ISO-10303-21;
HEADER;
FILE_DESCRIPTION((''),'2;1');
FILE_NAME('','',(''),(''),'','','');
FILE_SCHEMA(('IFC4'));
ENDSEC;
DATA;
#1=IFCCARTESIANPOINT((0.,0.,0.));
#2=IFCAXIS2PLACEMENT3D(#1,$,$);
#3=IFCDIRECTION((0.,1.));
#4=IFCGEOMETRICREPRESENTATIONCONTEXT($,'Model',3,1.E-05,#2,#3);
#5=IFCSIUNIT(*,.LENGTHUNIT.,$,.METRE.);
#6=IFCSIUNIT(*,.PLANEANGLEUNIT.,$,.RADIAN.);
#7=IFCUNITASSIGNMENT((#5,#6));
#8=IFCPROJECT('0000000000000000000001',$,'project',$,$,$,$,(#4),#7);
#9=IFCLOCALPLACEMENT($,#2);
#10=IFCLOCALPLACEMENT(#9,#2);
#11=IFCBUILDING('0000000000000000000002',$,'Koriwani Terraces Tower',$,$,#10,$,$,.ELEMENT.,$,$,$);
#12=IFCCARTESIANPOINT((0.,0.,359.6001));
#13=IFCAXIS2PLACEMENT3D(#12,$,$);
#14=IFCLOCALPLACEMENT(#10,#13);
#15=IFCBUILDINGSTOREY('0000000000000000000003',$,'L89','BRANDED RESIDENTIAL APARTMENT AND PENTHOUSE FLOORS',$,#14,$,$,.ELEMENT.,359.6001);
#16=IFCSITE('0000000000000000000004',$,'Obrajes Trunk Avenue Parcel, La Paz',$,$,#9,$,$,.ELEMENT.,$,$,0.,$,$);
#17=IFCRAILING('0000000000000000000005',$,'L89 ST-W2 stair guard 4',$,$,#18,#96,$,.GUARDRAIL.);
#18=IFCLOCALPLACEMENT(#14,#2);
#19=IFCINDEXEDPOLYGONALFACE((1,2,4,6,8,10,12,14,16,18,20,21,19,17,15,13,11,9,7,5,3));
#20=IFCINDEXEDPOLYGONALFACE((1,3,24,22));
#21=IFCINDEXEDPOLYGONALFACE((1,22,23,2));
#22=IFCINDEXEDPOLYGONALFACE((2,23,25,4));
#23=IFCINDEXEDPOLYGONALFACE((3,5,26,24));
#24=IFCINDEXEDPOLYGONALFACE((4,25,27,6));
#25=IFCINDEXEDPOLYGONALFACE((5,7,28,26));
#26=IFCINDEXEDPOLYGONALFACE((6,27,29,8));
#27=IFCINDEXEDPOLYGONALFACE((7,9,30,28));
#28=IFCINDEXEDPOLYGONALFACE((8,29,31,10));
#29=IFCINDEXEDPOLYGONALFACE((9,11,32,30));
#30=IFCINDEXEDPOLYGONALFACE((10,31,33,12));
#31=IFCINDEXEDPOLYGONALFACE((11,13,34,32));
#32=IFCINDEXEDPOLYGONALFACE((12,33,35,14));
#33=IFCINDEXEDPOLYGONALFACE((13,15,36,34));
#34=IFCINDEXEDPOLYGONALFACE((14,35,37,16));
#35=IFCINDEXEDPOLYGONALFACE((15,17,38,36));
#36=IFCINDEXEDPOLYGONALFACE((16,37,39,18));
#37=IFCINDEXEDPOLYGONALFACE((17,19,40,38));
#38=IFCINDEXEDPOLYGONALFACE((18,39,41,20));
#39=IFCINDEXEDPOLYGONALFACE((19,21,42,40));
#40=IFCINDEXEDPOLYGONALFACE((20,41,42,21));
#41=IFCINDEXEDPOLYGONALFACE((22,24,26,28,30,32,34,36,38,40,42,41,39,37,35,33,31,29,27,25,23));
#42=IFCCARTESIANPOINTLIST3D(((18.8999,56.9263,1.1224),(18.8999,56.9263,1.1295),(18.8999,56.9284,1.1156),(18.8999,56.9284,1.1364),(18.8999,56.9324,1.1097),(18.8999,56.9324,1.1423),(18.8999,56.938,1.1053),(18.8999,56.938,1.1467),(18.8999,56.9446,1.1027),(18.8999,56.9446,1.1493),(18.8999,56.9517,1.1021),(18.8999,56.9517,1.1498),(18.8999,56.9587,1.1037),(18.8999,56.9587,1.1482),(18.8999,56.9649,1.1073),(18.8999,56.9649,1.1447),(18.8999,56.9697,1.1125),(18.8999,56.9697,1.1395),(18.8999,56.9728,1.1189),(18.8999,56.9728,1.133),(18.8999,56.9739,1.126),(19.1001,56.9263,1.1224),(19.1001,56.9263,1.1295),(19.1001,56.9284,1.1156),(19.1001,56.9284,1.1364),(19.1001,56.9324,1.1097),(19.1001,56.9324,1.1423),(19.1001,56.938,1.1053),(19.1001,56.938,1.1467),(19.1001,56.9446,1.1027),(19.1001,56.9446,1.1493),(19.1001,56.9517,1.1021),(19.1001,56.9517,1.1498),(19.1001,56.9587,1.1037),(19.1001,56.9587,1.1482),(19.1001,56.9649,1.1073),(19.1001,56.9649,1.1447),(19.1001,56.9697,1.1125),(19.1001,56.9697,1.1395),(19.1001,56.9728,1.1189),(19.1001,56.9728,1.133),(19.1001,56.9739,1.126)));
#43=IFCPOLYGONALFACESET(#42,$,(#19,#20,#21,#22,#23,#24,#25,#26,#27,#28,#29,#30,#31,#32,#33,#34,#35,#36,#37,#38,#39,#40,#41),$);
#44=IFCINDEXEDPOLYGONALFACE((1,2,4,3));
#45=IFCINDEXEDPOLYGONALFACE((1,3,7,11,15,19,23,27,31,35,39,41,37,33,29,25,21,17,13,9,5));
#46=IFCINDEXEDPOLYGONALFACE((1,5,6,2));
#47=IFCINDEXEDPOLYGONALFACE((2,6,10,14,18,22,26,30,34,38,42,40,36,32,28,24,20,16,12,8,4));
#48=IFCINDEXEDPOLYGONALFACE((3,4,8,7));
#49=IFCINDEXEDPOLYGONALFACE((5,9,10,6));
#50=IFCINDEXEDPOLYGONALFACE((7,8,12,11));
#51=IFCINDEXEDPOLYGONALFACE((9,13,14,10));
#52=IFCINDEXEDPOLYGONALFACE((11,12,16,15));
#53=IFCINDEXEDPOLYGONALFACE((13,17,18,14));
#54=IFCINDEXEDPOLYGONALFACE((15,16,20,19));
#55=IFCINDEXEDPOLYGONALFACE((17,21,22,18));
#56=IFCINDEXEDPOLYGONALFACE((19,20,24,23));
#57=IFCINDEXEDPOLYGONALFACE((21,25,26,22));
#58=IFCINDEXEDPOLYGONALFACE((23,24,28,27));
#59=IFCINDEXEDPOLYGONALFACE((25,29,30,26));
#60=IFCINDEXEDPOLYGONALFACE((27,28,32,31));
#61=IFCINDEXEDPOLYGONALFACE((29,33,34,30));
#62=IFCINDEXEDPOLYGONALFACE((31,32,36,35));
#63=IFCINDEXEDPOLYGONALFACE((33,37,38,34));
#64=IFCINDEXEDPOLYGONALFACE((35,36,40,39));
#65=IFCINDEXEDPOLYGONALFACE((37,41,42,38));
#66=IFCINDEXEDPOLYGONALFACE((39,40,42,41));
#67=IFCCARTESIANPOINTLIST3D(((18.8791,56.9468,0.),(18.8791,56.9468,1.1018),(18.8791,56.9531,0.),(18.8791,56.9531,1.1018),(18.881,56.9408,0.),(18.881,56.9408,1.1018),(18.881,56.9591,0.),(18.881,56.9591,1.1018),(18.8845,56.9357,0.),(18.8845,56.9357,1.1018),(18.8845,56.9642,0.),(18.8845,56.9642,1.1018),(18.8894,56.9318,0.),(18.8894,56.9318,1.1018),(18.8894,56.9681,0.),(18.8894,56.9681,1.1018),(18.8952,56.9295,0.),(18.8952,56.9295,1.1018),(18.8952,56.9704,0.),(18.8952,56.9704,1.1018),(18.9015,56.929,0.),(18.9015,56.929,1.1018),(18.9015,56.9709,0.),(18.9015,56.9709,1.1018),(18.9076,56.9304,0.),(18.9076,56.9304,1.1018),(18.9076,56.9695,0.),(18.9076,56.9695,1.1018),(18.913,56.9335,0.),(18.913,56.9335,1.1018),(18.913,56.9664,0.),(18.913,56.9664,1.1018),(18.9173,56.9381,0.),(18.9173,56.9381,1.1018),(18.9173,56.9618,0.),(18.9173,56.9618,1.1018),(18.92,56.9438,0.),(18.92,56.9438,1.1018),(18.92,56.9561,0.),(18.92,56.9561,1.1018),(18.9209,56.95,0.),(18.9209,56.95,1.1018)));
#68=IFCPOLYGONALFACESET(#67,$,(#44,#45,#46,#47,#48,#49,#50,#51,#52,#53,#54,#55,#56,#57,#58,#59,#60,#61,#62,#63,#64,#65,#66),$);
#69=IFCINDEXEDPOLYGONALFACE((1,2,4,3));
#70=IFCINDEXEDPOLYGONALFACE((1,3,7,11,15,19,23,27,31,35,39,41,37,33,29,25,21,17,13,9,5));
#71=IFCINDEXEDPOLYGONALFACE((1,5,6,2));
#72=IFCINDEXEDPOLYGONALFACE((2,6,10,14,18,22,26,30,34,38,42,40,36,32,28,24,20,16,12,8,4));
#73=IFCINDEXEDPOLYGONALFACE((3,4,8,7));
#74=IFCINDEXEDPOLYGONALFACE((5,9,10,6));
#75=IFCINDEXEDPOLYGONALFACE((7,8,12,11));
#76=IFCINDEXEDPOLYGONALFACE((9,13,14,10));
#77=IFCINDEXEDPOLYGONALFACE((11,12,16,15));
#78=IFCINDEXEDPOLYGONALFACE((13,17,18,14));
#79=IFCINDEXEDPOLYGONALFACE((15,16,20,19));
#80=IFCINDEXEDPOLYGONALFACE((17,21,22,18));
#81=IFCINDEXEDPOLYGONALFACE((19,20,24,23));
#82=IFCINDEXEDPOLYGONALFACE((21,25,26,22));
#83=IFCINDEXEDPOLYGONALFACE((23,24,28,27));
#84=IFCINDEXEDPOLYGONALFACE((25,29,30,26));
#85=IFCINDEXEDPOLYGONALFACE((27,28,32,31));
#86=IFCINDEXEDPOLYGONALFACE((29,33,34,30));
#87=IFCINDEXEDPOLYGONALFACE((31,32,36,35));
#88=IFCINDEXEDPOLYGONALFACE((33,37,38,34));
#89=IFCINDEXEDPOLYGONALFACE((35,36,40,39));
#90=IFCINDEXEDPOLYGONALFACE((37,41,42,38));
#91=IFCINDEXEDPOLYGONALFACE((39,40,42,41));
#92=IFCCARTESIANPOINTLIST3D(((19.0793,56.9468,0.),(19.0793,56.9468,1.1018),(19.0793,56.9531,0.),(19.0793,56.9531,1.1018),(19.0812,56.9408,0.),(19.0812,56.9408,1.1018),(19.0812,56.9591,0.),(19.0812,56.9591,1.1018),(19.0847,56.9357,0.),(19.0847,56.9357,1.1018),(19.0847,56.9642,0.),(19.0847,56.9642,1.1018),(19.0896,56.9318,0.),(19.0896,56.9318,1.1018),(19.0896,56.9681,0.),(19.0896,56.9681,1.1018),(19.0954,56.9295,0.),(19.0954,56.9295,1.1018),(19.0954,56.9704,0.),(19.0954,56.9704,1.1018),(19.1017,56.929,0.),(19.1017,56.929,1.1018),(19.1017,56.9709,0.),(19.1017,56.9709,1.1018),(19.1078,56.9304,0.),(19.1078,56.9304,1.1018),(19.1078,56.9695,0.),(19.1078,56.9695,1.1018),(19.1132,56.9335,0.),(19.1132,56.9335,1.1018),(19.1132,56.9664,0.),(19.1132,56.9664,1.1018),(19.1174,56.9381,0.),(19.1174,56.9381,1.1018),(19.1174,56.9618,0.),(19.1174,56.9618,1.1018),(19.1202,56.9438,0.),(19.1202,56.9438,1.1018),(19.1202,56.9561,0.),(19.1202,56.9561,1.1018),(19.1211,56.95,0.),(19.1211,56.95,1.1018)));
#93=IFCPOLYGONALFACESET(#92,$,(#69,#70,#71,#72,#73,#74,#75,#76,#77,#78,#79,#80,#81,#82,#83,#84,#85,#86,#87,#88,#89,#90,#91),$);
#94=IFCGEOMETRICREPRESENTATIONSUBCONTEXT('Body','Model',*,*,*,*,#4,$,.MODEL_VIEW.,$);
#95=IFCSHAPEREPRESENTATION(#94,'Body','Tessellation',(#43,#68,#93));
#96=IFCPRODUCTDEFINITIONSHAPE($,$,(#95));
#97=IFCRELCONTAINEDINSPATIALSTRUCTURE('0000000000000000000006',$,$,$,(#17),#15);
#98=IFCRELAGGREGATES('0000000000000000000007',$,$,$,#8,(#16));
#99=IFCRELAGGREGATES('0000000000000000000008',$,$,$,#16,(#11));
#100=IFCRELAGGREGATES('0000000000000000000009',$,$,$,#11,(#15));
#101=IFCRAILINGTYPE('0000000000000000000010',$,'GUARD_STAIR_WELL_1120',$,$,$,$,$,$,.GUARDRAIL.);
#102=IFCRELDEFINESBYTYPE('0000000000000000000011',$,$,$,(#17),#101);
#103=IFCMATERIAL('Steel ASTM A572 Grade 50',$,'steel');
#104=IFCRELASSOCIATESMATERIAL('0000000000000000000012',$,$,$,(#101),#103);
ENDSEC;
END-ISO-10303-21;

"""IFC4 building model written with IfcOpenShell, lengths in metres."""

from ifc_helpers import new_model, si_unit, direction, frame, origin, origin_2d, place, context, subcontext, project, spatial, circle, extrude, material, type_object, element, save


model = new_model("IFC4")

# Units and contexts
model_context = context("Model", 3, precision=1e-05, world=origin(), true_north=direction((0.0, 1.0)))
body_context = subcontext(model_context, "Body", "Model", "MODEL_VIEW")
ifc_project = project(units=[si_unit("LENGTHUNIT", "METRE"), si_unit("PLANEANGLEUNIT", "RADIAN")], contexts=[model_context])

# Site, building, storey
site_placement = place(None, origin())
site = spatial("IfcSite", under=ifc_project, at=site_placement, Name="Obrajes Trunk Avenue Parcel, La Paz", CompositionType="ELEMENT", RefElevation=0.0)
building_placement = place(site_placement, origin())
building = spatial("IfcBuilding", under=site, at=building_placement, Name="Koriwani Terraces Tower", CompositionType="ELEMENT")
storey_placement = place(building_placement, frame((0.0, 0.0, 359.6001)))
storey = spatial("IfcBuildingStorey", under=building, at=storey_placement, Name="L89", Description="BRANDED RESIDENTIAL APARTMENT AND PENTHOUSE FLOORS", CompositionType="ELEMENT", Elevation=359.6001)

# Shared definitions
ifc_material_1 = material(Name="Steel ASTM A572 Grade 50", Category="steel")

# Railing
railing_type_1 = type_object("IfcRailingType", Name="GUARD_STAIR_WELL_1120", PredefinedType="GUARDRAIL", material=ifc_material_1)
railing_1_placement = place(storey_placement, frame((18.8999, 56.95, 0.0)))
element("IfcRailing", 1, at=railing_1_placement, inside=storey, type_object=railing_type_1, Name="L89 ST-W2 stair guard 4", PredefinedType="GUARDRAIL", context=body_context, shape_type="SweptSolid", body=[
    extrude(circle(Radius=0.0239, at=origin_2d()), frame((0.0, 0.0, 1.126), z_axis=(1.0, 0.0, 0.0), x_axis=(0.0, 1.0, 0.0)), (0.0, 0.0, 1.0), 0.2002),
    extrude(circle(Radius=0.021, at=origin_2d()), origin(), (0.0, 0.0, 1.0), 1.1018),
    extrude(circle(Radius=0.021, at=origin_2d()), frame((0.2002, 0.0, 0.0)), (0.0, 0.0, 1.0), 1.1018),
])

save(model, "model.ifc")
